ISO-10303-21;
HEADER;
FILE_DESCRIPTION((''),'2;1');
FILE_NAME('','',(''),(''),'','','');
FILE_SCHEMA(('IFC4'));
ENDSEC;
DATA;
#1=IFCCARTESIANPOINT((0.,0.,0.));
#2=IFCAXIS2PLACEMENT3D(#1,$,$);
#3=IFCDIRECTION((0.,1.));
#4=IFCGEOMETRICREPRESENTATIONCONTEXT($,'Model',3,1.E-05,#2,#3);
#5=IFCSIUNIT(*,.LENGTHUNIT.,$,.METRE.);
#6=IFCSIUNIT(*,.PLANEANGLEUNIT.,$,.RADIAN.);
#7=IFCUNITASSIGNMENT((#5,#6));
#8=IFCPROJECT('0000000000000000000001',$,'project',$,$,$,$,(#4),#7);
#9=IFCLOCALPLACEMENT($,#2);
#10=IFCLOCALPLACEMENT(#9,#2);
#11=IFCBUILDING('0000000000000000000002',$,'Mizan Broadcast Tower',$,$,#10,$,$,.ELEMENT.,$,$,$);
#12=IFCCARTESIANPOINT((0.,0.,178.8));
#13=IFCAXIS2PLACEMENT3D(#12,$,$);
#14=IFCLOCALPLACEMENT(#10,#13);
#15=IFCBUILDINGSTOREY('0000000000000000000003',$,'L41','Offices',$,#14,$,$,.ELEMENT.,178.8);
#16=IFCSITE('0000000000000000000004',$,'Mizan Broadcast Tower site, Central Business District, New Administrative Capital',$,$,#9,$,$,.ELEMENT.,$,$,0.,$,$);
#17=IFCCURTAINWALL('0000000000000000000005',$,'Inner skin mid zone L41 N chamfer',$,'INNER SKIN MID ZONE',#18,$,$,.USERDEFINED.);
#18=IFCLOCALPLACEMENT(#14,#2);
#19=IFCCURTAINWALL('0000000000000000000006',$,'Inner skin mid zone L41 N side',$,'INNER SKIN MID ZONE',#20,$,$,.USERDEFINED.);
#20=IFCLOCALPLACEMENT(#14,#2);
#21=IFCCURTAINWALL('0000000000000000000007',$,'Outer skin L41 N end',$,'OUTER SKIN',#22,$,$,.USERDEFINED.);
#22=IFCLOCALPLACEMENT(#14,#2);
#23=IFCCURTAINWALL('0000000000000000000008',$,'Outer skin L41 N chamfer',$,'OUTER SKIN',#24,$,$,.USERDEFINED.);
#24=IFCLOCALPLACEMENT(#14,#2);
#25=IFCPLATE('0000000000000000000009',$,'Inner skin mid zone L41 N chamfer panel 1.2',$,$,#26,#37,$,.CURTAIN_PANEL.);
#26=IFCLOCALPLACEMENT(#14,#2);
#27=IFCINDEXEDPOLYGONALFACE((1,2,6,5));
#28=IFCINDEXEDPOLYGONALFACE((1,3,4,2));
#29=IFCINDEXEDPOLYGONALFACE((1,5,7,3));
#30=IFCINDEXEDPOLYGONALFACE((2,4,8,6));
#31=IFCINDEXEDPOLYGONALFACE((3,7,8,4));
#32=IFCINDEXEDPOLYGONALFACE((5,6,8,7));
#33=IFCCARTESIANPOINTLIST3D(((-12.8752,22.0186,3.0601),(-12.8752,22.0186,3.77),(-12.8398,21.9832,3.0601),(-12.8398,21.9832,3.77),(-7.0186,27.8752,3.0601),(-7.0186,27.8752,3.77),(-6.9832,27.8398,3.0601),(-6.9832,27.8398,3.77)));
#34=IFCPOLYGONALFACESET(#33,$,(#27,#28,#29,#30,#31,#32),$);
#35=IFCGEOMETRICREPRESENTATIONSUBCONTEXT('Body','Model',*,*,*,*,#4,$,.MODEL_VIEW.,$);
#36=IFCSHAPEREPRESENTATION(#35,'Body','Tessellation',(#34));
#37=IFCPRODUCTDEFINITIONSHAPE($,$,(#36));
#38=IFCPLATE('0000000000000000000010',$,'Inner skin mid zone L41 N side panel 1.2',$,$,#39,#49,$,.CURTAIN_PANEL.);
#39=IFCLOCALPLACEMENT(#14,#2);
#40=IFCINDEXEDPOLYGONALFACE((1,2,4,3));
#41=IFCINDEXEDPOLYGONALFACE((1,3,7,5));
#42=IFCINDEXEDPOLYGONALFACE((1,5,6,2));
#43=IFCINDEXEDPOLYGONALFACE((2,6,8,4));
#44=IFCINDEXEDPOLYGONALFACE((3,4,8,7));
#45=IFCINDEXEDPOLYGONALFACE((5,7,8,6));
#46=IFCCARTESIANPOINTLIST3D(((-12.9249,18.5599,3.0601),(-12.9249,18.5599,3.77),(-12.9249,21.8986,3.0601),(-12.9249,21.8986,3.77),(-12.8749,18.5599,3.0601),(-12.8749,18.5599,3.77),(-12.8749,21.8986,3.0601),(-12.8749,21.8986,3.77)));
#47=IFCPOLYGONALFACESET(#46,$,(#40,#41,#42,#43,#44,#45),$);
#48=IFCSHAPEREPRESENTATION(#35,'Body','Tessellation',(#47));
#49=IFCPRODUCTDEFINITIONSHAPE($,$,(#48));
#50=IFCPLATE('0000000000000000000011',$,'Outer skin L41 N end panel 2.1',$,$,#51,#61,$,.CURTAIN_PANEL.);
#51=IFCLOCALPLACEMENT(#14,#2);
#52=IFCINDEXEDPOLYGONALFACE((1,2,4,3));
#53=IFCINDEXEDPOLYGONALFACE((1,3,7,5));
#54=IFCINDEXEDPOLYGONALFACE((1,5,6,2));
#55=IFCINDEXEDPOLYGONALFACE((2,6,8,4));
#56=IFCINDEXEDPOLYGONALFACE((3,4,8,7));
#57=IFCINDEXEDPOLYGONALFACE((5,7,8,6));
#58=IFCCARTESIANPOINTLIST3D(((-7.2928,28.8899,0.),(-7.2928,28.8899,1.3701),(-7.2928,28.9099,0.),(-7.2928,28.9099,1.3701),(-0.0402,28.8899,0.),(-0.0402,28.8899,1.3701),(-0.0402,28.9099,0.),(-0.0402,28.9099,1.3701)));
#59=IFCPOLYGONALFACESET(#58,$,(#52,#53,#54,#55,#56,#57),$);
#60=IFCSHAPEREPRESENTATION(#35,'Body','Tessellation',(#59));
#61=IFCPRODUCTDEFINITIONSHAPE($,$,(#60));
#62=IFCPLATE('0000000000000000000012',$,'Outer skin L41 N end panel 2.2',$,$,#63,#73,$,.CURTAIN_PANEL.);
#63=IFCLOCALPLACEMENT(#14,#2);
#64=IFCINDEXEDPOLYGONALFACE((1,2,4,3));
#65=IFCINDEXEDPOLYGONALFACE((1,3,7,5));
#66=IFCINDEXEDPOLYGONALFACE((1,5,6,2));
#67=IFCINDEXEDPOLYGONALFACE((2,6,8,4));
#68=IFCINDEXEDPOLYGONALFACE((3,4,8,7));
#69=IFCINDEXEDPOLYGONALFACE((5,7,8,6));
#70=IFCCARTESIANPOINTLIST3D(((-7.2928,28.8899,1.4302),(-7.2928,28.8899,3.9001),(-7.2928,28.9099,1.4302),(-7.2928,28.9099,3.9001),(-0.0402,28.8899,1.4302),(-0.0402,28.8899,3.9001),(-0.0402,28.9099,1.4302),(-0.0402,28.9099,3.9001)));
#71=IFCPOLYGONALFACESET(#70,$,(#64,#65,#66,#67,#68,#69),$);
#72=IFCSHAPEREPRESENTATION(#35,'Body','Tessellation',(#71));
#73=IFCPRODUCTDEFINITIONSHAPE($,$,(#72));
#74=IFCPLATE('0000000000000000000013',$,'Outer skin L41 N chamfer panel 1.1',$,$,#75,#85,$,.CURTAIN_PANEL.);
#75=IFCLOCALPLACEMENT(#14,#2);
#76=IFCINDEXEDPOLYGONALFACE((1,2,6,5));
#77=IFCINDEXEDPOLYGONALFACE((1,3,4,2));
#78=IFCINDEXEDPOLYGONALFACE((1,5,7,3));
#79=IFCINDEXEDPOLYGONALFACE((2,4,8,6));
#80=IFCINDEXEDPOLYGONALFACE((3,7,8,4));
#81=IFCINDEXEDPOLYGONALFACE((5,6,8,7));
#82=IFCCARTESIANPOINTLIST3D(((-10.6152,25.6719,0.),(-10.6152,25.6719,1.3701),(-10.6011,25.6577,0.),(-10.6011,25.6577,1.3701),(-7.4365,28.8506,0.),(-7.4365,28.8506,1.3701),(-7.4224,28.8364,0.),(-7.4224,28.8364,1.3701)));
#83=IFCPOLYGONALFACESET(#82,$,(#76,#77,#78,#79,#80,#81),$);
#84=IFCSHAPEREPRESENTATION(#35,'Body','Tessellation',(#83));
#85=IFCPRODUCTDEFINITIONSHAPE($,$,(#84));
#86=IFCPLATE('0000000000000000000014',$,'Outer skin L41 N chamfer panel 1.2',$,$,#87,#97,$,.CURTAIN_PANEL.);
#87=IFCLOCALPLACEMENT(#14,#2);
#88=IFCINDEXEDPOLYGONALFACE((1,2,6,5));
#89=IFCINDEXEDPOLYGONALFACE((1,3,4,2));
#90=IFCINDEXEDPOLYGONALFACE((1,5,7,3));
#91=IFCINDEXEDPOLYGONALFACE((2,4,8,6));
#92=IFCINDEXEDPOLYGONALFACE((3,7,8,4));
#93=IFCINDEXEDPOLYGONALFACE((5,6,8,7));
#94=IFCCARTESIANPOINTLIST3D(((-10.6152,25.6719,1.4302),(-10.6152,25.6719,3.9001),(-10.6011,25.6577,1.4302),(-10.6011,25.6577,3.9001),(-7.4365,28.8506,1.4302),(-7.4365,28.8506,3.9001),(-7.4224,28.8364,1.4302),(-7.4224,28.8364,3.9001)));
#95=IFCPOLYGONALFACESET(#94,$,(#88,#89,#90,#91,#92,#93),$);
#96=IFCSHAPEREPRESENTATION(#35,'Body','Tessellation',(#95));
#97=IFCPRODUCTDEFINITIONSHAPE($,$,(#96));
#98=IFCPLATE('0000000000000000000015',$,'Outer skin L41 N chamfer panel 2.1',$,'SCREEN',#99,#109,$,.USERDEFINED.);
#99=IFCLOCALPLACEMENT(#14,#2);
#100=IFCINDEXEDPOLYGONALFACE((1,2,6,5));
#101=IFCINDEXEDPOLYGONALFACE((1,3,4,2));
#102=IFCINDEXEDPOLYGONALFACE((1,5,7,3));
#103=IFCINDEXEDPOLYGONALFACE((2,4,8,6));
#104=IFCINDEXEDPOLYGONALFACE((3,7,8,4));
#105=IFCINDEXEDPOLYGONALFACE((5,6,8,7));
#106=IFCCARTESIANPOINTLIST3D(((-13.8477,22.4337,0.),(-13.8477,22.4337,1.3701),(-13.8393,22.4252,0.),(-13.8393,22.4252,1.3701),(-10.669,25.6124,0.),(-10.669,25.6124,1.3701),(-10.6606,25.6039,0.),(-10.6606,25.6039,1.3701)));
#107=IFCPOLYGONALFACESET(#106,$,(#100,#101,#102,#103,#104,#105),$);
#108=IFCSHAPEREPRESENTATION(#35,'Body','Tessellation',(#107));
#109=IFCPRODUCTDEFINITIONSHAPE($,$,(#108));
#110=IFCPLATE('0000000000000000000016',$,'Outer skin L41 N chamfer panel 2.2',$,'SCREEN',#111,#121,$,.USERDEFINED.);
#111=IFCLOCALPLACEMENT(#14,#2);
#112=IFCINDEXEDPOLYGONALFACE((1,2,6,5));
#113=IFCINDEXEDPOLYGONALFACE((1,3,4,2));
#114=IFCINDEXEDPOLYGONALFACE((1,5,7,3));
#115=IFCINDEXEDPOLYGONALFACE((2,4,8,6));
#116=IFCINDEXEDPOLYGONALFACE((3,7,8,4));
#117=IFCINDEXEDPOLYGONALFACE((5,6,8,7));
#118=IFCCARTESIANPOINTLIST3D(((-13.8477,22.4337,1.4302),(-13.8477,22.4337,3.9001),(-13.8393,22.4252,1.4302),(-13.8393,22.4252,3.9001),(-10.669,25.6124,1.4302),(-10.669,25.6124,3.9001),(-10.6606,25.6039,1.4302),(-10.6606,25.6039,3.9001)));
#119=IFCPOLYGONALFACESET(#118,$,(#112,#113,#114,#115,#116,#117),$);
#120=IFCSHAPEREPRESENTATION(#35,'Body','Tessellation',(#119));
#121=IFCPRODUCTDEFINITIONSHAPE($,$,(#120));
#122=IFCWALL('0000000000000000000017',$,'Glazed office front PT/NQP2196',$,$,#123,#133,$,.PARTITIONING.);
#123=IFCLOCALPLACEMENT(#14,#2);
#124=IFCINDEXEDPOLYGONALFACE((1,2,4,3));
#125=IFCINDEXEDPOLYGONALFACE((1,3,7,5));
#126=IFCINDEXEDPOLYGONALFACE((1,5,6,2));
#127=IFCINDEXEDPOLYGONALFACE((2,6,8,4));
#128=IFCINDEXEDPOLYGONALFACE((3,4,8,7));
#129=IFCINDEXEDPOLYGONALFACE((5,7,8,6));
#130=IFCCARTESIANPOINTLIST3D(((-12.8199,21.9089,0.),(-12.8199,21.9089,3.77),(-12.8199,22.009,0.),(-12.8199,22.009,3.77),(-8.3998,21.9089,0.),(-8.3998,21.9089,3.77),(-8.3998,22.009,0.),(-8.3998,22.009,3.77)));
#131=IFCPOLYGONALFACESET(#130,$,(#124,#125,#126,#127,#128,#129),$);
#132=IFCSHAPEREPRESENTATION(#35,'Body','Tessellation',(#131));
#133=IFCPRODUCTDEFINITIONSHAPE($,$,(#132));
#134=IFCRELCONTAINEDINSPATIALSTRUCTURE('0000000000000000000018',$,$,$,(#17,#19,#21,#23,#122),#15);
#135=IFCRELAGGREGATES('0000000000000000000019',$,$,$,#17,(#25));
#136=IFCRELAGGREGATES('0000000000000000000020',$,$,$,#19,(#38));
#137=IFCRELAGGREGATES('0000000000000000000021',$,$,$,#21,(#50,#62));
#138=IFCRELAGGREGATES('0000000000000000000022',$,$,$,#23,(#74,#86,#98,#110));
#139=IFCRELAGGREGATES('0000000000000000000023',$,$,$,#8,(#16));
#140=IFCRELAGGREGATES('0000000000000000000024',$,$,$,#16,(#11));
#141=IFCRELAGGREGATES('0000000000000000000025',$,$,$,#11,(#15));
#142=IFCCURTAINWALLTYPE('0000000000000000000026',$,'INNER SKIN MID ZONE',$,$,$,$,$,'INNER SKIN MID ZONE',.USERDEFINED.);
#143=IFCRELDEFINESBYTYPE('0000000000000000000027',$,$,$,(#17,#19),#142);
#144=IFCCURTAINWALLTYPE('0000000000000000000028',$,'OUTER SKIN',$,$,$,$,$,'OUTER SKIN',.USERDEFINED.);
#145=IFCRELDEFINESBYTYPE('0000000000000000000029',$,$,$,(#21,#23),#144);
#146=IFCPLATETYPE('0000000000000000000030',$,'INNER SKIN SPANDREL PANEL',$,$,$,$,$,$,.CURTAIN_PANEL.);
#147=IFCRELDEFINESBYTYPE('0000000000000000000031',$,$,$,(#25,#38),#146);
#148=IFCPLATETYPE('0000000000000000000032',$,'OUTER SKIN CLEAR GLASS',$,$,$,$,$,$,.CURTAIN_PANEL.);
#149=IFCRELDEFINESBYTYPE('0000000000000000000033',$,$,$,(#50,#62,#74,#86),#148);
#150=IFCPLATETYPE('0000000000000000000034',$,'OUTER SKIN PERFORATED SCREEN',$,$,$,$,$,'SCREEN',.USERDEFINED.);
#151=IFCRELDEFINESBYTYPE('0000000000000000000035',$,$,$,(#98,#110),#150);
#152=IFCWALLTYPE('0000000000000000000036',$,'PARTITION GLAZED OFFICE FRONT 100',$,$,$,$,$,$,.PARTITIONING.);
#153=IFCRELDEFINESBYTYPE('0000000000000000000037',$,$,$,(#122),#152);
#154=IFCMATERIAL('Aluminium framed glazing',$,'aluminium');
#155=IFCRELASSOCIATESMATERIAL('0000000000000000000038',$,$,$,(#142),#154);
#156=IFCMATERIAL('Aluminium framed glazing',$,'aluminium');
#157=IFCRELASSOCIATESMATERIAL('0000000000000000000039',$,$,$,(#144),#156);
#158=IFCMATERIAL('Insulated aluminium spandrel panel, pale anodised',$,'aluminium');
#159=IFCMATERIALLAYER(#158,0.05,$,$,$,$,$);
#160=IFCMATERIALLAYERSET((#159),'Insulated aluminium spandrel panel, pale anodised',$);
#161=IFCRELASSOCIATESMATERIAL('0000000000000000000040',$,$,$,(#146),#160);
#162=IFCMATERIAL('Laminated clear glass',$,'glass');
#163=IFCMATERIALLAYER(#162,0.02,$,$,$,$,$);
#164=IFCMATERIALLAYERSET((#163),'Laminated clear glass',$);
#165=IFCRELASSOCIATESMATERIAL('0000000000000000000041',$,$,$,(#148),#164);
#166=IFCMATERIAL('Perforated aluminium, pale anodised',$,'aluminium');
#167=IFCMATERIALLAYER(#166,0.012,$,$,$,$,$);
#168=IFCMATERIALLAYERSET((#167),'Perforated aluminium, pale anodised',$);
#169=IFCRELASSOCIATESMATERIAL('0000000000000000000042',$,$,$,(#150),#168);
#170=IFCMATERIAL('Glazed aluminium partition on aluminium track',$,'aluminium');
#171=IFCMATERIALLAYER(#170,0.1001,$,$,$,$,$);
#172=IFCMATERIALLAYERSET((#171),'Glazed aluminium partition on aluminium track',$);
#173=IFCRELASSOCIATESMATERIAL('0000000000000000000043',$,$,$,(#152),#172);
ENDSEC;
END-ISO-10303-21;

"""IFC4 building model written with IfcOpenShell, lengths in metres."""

from ifc_helpers import new_model, si_unit, direction, frame, frame_2d, origin, origin_2d, place, context, subcontext, project, spatial, rectangle, extrude, material, layer, layer_set, type_object, element, aggregate, save


model = new_model("IFC4")

# Units and contexts
model_context = context("Model", 3, precision=1e-05, world=origin(), true_north=direction((0.0, 1.0)))
body_context = subcontext(model_context, "Body", "Model", "MODEL_VIEW")
ifc_project = project(units=[si_unit("LENGTHUNIT", "METRE"), si_unit("PLANEANGLEUNIT", "RADIAN")], contexts=[model_context])

# Site, building, storey
site_placement = place(None, origin())
site = spatial("IfcSite", under=ifc_project, at=site_placement, Name="Mizan Broadcast Tower site, Central Business District, New Administrative Capital", CompositionType="ELEMENT", RefElevation=0.0)
building_placement = place(site_placement, origin())
building = spatial("IfcBuilding", under=site, at=building_placement, Name="Mizan Broadcast Tower", CompositionType="ELEMENT")
storey_placement = place(building_placement, frame((0.0, 0.0, 178.8)))
storey = spatial("IfcBuildingStorey", under=building, at=storey_placement, Name="L41", Description="Offices", CompositionType="ELEMENT", Elevation=178.8)

# Shared definitions
ifc_material_1 = material(Name="Aluminium framed glazing", Category="aluminium")
curtain_wall_type_1 = type_object("IfcCurtainWallType", Name="INNER SKIN MID ZONE", ElementType="INNER SKIN MID ZONE", PredefinedType="USERDEFINED", material=ifc_material_1)

# Curtain wall
curtain_wall_1_placement = place(storey_placement, origin())
curtain_wall_1 = element("IfcCurtainWall", 1, at=curtain_wall_1_placement, inside=storey, type_object=curtain_wall_type_1, Name="Inner skin mid zone L41 N chamfer", ObjectType="INNER SKIN MID ZONE", PredefinedType="USERDEFINED")

# Curtain walls
curtain_wall_2_placement = place(storey_placement, origin())
curtain_wall_2 = element("IfcCurtainWall", 2, at=curtain_wall_2_placement, inside=storey, type_object=curtain_wall_type_1, Name="Inner skin mid zone L41 N side", ObjectType="INNER SKIN MID ZONE", PredefinedType="USERDEFINED")
ifc_material_2 = material(Name="Aluminium framed glazing", Category="aluminium")
curtain_wall_type_2 = type_object("IfcCurtainWallType", Name="OUTER SKIN", ElementType="OUTER SKIN", PredefinedType="USERDEFINED", material=ifc_material_2)
curtain_wall_3_placement = place(storey_placement, origin())
curtain_wall_3 = element("IfcCurtainWall", 3, at=curtain_wall_3_placement, inside=storey, type_object=curtain_wall_type_2, Name="Outer skin L41 N end", ObjectType="OUTER SKIN", PredefinedType="USERDEFINED")

# Curtain wall
curtain_wall_4_placement = place(storey_placement, origin())
curtain_wall_4 = element("IfcCurtainWall", 4, at=curtain_wall_4_placement, inside=storey, type_object=curtain_wall_type_2, Name="Outer skin L41 N chamfer", ObjectType="OUTER SKIN", PredefinedType="USERDEFINED")

# Plates
ifc_material_3 = material(Name="Insulated aluminium spandrel panel, pale anodised", Category="aluminium")
ifc_layer_1 = layer(ifc_material_3, 0.05)
ifc_layer_set_1 = layer_set([ifc_layer_1], Name="Insulated aluminium spandrel panel, pale anodised")
plate_type_1 = type_object("IfcPlateType", Name="INNER SKIN SPANDREL PANEL", PredefinedType="CURTAIN_PANEL", material=ifc_layer_set_1)
plate_1_placement = place(storey_placement, frame((-9.9292, 24.9292, 3.0601), z_axis=(0.0, 0.0, 1.0), x_axis=(-0.707107, -0.707107, 0.0)))
plate_1 = element("IfcPlate", 5, at=plate_1_placement, type_object=plate_type_1, Name="Inner skin mid zone L41 N chamfer panel 1.2", PredefinedType="CURTAIN_PANEL", context=body_context, shape_type="SweptSolid", body=[
    extrude(rectangle(XDim=8.2825, YDim=0.05, at=origin_2d()), origin(), (0.0, 0.0, 1.0), 0.71),
])
aggregate(curtain_wall_1, [plate_1])
plate_2_placement = place(storey_placement, frame((-12.8999, 20.2292, 3.0601), z_axis=(0.0, 0.0, 1.0), x_axis=(0.0, -1.0, 0.0)))
plate_2 = element("IfcPlate", 6, at=plate_2_placement, type_object=plate_type_1, Name="Inner skin mid zone L41 N side panel 1.2", PredefinedType="CURTAIN_PANEL", context=body_context, shape_type="SweptSolid", body=[
    extrude(rectangle(XDim=3.3386, YDim=0.05, at=origin_2d()), origin(), (0.0, 0.0, 1.0), 0.71),
])
aggregate(curtain_wall_2, [plate_2])
ifc_material_4 = material(Name="Laminated clear glass", Category="glass")
ifc_layer_2 = layer(ifc_material_4, 0.02)
ifc_layer_set_2 = layer_set([ifc_layer_2], Name="Laminated clear glass")
plate_type_2 = type_object("IfcPlateType", Name="OUTER SKIN CLEAR GLASS", PredefinedType="CURTAIN_PANEL", material=ifc_layer_set_2)
plate_3_placement = place(storey_placement, frame((-3.6665, 28.8999, 0.0), z_axis=(0.0, 0.0, 1.0), x_axis=(-1.0, 0.0, 0.0)))
plate_3 = element("IfcPlate", 7, at=plate_3_placement, type_object=plate_type_2, Name="Outer skin L41 N end panel 2.1", PredefinedType="CURTAIN_PANEL", context=body_context, shape_type="SweptSolid", body=[
    extrude(rectangle(XDim=7.2527, YDim=0.02, at=origin_2d()), origin(), (0.0, 0.0, 1.0), 1.3701),
])
plate_4_placement = place(storey_placement, frame((-3.6665, 28.8999, 1.4302), z_axis=(0.0, 0.0, 1.0), x_axis=(-1.0, 0.0, 0.0)))
plate_4 = element("IfcPlate", 8, at=plate_4_placement, type_object=plate_type_2, Name="Outer skin L41 N end panel 2.2", PredefinedType="CURTAIN_PANEL", context=body_context, shape_type="SweptSolid", body=[
    extrude(rectangle(XDim=7.2527, YDim=0.02, at=origin_2d()), origin(), (0.0, 0.0, 1.0), 2.47),
])
aggregate(curtain_wall_3, [plate_3, plate_4])
plate_5_placement = place(storey_placement, frame((-9.0188, 27.2542, 0.0), z_axis=(0.0, 0.0, 1.0), x_axis=(-0.707107, -0.707107, 0.0)))
plate_5 = element("IfcPlate", 9, at=plate_5_placement, type_object=plate_type_2, Name="Outer skin L41 N chamfer panel 1.1", PredefinedType="CURTAIN_PANEL", context=body_context, shape_type="SweptSolid", body=[
    extrude(rectangle(XDim=4.4954, YDim=0.02, at=origin_2d()), origin(), (0.0, 0.0, 1.0), 1.3701),
])
plate_6_placement = place(storey_placement, frame((-9.0188, 27.2542, 1.4302), z_axis=(0.0, 0.0, 1.0), x_axis=(-0.707107, -0.707107, 0.0)))
plate_6 = element("IfcPlate", 10, at=plate_6_placement, type_object=plate_type_2, Name="Outer skin L41 N chamfer panel 1.2", PredefinedType="CURTAIN_PANEL", context=body_context, shape_type="SweptSolid", body=[
    extrude(rectangle(XDim=4.4954, YDim=0.02, at=origin_2d()), origin(), (0.0, 0.0, 1.0), 2.47),
])
ifc_material_5 = material(Name="Perforated aluminium, pale anodised", Category="aluminium")
ifc_layer_3 = layer(ifc_material_5, 0.012)
ifc_layer_set_3 = layer_set([ifc_layer_3], Name="Perforated aluminium, pale anodised")
plate_type_3 = type_object("IfcPlateType", Name="OUTER SKIN PERFORATED SCREEN", ElementType="SCREEN", PredefinedType="USERDEFINED", material=ifc_layer_set_3)
plate_7_placement = place(storey_placement, frame((-12.2542, 24.0188, 0.0), z_axis=(0.0, 0.0, 1.0), x_axis=(-0.707107, -0.707107, 0.0)))
plate_7 = element("IfcPlate", 11, at=plate_7_placement, type_object=plate_type_3, Name="Outer skin L41 N chamfer panel 2.1", ObjectType="SCREEN", PredefinedType="USERDEFINED", context=body_context, shape_type="SweptSolid", body=[
    extrude(rectangle(XDim=4.4954, YDim=0.012, at=origin_2d()), origin(), (0.0, 0.0, 1.0), 1.3701),
])
plate_8_placement = place(storey_placement, frame((-12.2542, 24.0188, 1.4302), z_axis=(0.0, 0.0, 1.0), x_axis=(-0.707107, -0.707107, 0.0)))
plate_8 = element("IfcPlate", 12, at=plate_8_placement, type_object=plate_type_3, Name="Outer skin L41 N chamfer panel 2.2", ObjectType="SCREEN", PredefinedType="USERDEFINED", context=body_context, shape_type="SweptSolid", body=[
    extrude(rectangle(XDim=4.4954, YDim=0.012, at=origin_2d()), origin(), (0.0, 0.0, 1.0), 2.47),
])
aggregate(curtain_wall_4, [plate_5, plate_6, plate_7, plate_8])

# Wall
ifc_material_6 = material(Name="Glazed aluminium partition on aluminium track", Category="aluminium")
ifc_layer_4 = layer(ifc_material_6, 0.1001)
ifc_layer_set_4 = layer_set([ifc_layer_4], Name="Glazed aluminium partition on aluminium track")
wall_type = type_object("IfcWallType", Name="PARTITION GLAZED OFFICE FRONT 100", PredefinedType="PARTITIONING", material=ifc_layer_set_4)
wall_placement = place(storey_placement, frame((-8.3999, 21.959, 0.0), z_axis=(0.0, 0.0, 1.0), x_axis=(-1.0, 0.0, 0.0)))
element("IfcWall", 13, at=wall_placement, inside=storey, type_object=wall_type, Name="Glazed office front PT/NQP2196", PredefinedType="PARTITIONING", context=body_context, shape_type="SweptSolid", body=[
    extrude(rectangle(XDim=4.4202, YDim=0.1001, at=frame_2d((2.21, 0.0))), origin(), (0.0, 0.0, 1.0), 3.77),
])

save(model, "model.ifc")
